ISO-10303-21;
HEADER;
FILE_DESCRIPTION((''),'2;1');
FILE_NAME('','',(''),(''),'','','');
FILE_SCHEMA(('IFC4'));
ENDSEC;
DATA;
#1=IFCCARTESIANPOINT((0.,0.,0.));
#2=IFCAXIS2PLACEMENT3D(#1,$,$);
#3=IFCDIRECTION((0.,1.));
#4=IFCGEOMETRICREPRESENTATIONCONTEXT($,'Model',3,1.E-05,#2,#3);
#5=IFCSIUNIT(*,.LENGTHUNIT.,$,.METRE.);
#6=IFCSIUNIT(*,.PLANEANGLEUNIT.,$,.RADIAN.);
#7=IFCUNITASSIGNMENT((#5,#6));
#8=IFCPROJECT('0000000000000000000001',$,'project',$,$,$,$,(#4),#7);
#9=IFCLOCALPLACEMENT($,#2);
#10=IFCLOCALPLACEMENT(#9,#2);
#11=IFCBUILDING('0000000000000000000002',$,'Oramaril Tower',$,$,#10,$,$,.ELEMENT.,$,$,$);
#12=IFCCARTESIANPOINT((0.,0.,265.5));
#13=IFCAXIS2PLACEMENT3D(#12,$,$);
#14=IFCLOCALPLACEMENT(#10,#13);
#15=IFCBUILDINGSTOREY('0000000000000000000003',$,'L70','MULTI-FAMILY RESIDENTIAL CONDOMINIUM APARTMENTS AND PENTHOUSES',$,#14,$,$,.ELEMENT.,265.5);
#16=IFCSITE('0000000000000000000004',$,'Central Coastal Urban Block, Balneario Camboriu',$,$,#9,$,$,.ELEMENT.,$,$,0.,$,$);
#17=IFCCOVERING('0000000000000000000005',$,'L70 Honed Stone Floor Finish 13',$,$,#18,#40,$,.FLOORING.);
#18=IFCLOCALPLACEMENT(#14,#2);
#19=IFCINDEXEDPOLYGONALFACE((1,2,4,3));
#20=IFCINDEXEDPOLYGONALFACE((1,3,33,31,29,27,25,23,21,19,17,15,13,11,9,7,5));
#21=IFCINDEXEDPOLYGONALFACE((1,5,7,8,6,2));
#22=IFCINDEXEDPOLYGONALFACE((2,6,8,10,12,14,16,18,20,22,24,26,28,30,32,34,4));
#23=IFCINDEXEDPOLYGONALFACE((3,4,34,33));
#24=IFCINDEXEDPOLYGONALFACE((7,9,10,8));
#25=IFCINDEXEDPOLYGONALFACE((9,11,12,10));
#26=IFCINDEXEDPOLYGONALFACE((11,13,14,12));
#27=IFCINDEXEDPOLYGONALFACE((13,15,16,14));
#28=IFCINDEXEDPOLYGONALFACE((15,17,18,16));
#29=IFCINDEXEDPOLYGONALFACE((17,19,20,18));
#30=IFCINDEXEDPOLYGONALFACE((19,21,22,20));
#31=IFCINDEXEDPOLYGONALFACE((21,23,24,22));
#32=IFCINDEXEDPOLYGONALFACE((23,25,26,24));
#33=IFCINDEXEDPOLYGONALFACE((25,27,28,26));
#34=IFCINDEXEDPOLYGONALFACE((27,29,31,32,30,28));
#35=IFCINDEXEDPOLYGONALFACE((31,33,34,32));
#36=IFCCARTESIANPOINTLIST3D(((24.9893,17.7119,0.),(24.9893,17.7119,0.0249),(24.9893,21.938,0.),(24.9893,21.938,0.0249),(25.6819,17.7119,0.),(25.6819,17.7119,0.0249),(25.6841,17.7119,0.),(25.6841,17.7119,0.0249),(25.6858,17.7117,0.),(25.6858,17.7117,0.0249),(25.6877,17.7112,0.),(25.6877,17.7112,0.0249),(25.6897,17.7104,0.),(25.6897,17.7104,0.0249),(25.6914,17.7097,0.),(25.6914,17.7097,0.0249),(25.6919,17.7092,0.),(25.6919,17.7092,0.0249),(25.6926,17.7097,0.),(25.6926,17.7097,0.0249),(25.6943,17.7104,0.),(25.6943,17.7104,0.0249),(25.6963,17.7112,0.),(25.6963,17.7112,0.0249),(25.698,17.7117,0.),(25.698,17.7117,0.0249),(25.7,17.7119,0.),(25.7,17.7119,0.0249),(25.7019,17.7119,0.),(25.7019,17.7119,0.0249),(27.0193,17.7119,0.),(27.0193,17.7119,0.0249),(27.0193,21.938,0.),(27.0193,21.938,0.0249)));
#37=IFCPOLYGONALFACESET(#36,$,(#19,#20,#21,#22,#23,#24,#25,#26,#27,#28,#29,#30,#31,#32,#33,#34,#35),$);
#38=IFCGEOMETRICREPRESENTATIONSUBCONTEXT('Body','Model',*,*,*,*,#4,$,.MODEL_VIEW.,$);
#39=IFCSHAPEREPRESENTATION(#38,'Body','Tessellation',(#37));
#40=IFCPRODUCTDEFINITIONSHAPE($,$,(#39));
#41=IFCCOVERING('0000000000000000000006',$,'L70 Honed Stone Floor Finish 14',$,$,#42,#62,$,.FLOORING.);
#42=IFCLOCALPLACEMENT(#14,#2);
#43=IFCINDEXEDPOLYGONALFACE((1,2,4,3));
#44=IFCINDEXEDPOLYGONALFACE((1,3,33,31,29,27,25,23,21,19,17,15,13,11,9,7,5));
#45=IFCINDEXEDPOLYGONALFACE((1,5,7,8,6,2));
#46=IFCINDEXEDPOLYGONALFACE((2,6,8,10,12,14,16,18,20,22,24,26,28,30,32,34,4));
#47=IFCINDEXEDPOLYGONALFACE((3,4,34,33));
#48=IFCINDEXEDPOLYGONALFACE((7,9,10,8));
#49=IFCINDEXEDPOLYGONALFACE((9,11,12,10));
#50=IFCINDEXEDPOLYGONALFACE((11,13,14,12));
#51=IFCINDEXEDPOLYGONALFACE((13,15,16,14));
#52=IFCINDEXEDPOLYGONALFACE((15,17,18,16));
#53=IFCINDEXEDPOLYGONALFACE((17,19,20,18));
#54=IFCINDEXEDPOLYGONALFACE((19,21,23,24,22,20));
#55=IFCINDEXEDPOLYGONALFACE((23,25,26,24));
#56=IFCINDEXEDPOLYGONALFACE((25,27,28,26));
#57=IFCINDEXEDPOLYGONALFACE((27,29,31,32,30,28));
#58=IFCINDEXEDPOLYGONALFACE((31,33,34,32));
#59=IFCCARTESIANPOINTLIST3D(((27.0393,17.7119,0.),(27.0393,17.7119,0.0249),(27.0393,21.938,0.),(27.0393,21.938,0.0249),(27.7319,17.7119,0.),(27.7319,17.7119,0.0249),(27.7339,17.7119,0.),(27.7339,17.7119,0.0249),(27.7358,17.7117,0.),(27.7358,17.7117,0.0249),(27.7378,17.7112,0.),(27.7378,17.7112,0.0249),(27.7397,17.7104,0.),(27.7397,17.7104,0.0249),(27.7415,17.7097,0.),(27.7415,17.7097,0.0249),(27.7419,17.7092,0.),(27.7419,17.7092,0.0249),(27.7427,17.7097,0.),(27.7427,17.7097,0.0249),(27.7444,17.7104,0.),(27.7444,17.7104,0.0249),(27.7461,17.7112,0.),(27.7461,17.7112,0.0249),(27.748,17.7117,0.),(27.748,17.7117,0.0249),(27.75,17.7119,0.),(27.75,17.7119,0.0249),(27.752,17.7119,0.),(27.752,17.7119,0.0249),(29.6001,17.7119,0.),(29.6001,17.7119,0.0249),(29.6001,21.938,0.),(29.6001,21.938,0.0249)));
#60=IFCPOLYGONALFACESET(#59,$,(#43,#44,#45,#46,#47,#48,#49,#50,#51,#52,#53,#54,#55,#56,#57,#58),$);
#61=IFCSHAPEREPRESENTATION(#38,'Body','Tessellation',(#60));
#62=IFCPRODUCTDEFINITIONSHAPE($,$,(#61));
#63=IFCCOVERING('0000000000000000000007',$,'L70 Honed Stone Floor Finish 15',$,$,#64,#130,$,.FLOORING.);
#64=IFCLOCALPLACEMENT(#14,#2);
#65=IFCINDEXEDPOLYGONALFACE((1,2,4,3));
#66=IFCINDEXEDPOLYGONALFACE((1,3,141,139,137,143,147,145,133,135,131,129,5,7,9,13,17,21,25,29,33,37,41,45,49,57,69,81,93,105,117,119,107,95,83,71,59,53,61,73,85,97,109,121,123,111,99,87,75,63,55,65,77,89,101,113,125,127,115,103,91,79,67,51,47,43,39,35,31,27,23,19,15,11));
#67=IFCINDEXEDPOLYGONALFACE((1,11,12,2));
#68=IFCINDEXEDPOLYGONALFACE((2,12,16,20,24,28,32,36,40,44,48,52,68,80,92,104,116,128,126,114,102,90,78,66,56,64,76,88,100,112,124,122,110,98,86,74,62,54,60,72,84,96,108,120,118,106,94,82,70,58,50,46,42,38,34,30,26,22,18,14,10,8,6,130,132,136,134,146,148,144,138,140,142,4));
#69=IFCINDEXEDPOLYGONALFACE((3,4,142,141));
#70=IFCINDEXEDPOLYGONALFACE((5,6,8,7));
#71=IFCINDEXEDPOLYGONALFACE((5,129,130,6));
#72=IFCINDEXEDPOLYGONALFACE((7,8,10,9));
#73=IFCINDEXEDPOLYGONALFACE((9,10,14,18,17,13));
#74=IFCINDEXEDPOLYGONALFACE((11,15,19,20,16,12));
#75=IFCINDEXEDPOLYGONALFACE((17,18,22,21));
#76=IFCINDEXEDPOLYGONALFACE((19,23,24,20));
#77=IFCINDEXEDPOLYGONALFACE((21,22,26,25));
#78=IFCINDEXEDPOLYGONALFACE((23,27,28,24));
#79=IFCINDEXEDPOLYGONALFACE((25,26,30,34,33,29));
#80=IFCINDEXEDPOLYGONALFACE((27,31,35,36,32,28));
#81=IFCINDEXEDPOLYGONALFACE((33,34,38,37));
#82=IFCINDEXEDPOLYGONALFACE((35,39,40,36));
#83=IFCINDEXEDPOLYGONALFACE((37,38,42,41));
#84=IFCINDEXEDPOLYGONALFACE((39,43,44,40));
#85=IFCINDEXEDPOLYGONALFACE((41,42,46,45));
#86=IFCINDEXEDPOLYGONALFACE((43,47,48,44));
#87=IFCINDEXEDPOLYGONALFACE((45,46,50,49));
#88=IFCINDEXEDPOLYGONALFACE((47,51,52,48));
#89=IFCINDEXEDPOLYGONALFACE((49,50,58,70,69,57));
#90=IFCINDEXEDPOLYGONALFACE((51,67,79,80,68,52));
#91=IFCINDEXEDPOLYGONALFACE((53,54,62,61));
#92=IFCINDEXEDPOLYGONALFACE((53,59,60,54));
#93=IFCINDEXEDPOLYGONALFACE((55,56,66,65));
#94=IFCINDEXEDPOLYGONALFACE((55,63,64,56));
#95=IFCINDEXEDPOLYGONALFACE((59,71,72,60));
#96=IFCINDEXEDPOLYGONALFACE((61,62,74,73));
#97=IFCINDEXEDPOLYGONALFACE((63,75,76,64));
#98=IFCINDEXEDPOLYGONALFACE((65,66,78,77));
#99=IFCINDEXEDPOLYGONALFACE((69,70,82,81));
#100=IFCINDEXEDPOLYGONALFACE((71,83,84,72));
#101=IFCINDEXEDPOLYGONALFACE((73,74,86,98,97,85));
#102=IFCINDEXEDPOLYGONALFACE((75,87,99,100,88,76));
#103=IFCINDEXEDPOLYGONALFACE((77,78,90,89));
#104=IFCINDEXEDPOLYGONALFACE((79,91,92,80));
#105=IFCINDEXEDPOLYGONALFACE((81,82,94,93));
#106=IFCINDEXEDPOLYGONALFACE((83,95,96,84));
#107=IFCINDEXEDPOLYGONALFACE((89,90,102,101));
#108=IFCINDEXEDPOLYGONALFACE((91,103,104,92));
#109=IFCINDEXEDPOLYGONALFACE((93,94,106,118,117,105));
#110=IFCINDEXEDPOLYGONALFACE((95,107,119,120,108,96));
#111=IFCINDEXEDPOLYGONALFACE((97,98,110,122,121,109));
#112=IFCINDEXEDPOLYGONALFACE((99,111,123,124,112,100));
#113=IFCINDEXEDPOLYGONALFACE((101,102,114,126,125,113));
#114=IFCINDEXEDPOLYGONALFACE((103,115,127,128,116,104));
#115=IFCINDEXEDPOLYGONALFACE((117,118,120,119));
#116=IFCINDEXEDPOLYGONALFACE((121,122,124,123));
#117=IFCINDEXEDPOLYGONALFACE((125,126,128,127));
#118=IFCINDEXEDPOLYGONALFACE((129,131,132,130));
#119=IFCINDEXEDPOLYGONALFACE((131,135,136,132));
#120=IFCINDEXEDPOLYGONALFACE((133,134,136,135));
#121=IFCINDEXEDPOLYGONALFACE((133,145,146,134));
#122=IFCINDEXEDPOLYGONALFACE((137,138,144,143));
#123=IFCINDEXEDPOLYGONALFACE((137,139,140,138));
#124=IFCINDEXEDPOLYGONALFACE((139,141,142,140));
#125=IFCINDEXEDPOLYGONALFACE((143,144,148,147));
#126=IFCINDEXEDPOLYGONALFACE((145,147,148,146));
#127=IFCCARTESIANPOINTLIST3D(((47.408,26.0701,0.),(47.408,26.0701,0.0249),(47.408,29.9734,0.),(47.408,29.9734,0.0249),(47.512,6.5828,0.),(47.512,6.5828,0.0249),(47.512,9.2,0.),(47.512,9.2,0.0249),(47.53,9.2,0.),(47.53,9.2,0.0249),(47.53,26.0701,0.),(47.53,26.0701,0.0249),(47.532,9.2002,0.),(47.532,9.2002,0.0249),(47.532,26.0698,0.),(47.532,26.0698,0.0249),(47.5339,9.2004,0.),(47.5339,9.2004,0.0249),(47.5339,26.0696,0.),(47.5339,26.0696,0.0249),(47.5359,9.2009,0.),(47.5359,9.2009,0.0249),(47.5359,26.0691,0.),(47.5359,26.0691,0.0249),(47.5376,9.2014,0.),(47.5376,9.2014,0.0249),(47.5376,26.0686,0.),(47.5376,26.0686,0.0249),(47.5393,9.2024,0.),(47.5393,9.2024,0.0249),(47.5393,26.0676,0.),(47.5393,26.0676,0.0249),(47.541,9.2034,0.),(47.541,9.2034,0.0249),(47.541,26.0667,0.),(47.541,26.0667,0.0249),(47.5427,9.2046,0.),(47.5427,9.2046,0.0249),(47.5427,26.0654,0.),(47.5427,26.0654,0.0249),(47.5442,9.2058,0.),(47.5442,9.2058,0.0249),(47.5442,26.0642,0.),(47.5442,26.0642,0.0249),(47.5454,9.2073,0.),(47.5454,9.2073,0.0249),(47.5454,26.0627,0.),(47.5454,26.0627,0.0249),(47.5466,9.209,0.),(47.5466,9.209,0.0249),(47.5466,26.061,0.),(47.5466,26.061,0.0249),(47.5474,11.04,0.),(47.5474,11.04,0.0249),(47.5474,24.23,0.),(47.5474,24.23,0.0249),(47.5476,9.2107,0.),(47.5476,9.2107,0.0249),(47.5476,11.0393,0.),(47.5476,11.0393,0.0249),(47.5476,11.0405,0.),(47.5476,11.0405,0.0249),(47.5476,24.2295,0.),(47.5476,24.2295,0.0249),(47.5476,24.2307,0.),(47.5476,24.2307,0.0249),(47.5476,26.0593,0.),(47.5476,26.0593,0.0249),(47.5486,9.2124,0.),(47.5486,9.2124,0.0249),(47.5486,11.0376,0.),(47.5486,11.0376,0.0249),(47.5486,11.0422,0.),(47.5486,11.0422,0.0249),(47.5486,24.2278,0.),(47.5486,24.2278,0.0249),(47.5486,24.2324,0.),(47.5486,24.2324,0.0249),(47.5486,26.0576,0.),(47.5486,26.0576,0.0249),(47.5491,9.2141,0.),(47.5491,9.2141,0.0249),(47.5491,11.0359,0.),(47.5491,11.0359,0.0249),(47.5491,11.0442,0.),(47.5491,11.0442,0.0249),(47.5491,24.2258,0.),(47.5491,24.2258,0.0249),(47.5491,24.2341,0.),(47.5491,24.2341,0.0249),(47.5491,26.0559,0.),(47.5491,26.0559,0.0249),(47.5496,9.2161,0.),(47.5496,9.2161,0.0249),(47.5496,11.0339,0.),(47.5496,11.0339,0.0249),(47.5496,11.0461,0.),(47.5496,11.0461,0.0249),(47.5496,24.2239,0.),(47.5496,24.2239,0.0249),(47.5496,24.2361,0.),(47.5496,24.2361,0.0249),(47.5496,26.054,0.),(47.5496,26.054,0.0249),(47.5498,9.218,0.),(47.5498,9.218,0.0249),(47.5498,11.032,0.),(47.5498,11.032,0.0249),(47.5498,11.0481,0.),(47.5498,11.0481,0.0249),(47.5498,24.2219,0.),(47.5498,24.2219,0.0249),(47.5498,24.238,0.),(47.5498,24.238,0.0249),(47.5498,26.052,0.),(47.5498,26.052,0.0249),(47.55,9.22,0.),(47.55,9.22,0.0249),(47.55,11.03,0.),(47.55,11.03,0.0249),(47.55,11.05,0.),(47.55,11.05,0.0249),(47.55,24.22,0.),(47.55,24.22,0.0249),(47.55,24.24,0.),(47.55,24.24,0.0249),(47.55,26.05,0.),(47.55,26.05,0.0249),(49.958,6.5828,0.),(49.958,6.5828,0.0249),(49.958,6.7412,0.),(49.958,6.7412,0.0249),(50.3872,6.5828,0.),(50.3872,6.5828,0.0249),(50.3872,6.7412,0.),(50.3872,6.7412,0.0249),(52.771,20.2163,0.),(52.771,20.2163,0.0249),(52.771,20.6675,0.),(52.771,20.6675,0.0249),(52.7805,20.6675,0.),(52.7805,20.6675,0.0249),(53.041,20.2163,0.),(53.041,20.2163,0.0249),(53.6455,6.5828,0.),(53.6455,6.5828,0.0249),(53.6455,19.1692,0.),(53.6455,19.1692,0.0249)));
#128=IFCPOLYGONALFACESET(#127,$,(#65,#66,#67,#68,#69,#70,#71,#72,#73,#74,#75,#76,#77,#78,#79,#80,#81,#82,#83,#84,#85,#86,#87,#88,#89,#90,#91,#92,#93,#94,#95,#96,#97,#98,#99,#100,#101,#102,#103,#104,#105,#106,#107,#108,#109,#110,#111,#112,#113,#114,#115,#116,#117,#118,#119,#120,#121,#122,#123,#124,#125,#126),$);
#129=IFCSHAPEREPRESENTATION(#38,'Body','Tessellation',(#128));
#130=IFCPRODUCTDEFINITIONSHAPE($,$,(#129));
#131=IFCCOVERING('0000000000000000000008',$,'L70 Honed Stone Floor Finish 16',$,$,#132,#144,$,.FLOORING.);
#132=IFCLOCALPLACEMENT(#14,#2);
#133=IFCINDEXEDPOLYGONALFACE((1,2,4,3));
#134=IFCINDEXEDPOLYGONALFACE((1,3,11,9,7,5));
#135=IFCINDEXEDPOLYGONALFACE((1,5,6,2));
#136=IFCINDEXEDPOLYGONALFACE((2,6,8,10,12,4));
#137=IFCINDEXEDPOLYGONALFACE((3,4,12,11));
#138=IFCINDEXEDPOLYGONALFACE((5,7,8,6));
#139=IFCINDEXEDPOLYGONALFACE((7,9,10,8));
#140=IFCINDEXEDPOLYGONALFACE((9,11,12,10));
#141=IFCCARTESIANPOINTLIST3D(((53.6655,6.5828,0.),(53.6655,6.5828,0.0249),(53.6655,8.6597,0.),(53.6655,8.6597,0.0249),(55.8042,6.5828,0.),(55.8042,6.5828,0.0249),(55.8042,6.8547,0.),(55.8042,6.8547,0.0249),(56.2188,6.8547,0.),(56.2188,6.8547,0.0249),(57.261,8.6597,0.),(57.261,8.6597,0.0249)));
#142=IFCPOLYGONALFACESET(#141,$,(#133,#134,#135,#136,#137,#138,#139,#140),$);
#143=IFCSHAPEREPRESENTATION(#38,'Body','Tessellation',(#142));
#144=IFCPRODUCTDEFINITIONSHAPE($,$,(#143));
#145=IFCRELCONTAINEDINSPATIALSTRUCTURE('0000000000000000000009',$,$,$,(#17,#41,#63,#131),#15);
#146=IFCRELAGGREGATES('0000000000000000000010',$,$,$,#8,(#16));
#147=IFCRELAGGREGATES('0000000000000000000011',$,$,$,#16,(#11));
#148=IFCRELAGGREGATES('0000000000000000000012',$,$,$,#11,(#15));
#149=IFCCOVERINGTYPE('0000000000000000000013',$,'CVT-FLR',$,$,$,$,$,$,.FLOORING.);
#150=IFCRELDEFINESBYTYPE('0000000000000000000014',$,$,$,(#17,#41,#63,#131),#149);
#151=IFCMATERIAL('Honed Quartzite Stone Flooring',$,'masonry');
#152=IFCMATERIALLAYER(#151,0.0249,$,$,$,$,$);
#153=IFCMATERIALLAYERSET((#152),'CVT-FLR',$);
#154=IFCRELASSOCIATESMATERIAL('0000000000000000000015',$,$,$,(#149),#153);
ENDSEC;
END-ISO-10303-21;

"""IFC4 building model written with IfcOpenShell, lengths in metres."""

from ifc_helpers import new_model, si_unit, direction, frame, origin, place, context, subcontext, project, spatial, polyline, outline, extrude, material, layer, layer_set, type_object, element, save


model = new_model("IFC4")

# Units and contexts
model_context = context("Model", 3, precision=1e-05, world=origin(), true_north=direction((0.0, 1.0)))
body_context = subcontext(model_context, "Body", "Model", "MODEL_VIEW")
ifc_project = project(units=[si_unit("LENGTHUNIT", "METRE"), si_unit("PLANEANGLEUNIT", "RADIAN")], contexts=[model_context])

# Site, building, storey
site_placement = place(None, origin())
site = spatial("IfcSite", under=ifc_project, at=site_placement, Name="Central Coastal Urban Block, Balneario Camboriu", CompositionType="ELEMENT", RefElevation=0.0)
building_placement = place(site_placement, origin())
building = spatial("IfcBuilding", under=site, at=building_placement, Name="Oramaril Tower", CompositionType="ELEMENT")
storey_placement = place(building_placement, frame((0.0, 0.0, 265.5)))
storey = spatial("IfcBuildingStorey", under=building, at=storey_placement, Name="L70", Description="MULTI-FAMILY RESIDENTIAL CONDOMINIUM APARTMENTS AND PENTHOUSES", CompositionType="ELEMENT", Elevation=265.5)

# Coverings
ifc_material_1 = material(Name="Honed Quartzite Stone Flooring", Category="masonry")
ifc_layer_1 = layer(ifc_material_1, 0.0249)
ifc_layer_set_1 = layer_set([ifc_layer_1], Name="CVT-FLR")
covering_type_1 = type_object("IfcCoveringType", Name="CVT-FLR", PredefinedType="FLOORING", material=ifc_layer_set_1)
covering_1_placement = place(storey_placement, origin())
element("IfcCovering", 1, at=covering_1_placement, inside=storey, type_object=covering_type_1, Name="L70 Honed Stone Floor Finish 13", PredefinedType="FLOORING", context=body_context, shape_type="SweptSolid", body=[
    extrude(outline(polyline([(27.0193, 17.7119), (25.7019, 17.7119), (25.7, 17.7119), (25.698, 17.7117), (25.6963, 17.7112), (25.6943, 17.7104), (25.6926, 17.7097), (25.6919, 17.7092), (25.6914, 17.7097), (25.6897, 17.7104), (25.6877, 17.7112), (25.6858, 17.7117), (25.6841, 17.7119), (25.6819, 17.7119), (24.9893, 17.7119), (24.9893, 21.938), (27.0193, 21.938), (27.0193, 17.7119)])), origin(), (0.0, 0.0, 1.0), 0.0249),
])
covering_2_placement = place(storey_placement, origin())
element("IfcCovering", 2, at=covering_2_placement, inside=storey, type_object=covering_type_1, Name="L70 Honed Stone Floor Finish 14", PredefinedType="FLOORING", context=body_context, shape_type="SweptSolid", body=[
    extrude(outline(polyline([(29.6001, 17.7119), (27.752, 17.7119), (27.75, 17.7119), (27.748, 17.7117), (27.7461, 17.7112), (27.7444, 17.7104), (27.7427, 17.7097), (27.7419, 17.7092), (27.7415, 17.7097), (27.7397, 17.7104), (27.7378, 17.7112), (27.7358, 17.7117), (27.7339, 17.7119), (27.7319, 17.7119), (27.0393, 17.7119), (27.0393, 21.938), (29.6001, 21.938), (29.6001, 17.7119)])), origin(), (0.0, 0.0, 1.0), 0.0249),
])
covering_3_placement = place(storey_placement, origin())
element("IfcCovering", 3, at=covering_3_placement, inside=storey, type_object=covering_type_1, Name="L70 Honed Stone Floor Finish 15", PredefinedType="FLOORING", context=body_context, shape_type="SweptSolid", body=[
    extrude(outline(polyline([(52.7805, 20.6675), (52.771, 20.6675), (52.771, 20.2163), (53.041, 20.2163), (53.6455, 19.1692), (53.6455, 6.5828), (50.3872, 6.5828), (50.3872, 6.7412), (49.958, 6.7412), (49.958, 6.5828), (47.512, 6.5828), (47.512, 9.2), (47.53, 9.2), (47.532, 9.2002), (47.5339, 9.2004), (47.5359, 9.2009), (47.5376, 9.2014), (47.5393, 9.2024), (47.541, 9.2034), (47.5427, 9.2046), (47.5442, 9.2058), (47.5454, 9.2073), (47.5466, 9.209), (47.5476, 9.2107), (47.5486, 9.2124), (47.5491, 9.2141), (47.5496, 9.2161), (47.5498, 9.218), (47.55, 9.22), (47.55, 11.03), (47.5498, 11.032), (47.5496, 11.0339), (47.5491, 11.0359), (47.5486, 11.0376), (47.5476, 11.0393), (47.5474, 11.04), (47.5476, 11.0405), (47.5486, 11.0422), (47.5491, 11.0442), (47.5496, 11.0461), (47.5498, 11.0481), (47.55, 11.05), (47.55, 24.22), (47.5498, 24.2219), (47.5496, 24.2239), (47.5491, 24.2258), (47.5486, 24.2278), (47.5476, 24.2295), (47.5474, 24.23), (47.5476, 24.2307), (47.5486, 24.2324), (47.5491, 24.2341), (47.5496, 24.2361), (47.5498, 24.238), (47.55, 24.24), (47.55, 26.05), (47.5498, 26.052), (47.5496, 26.054), (47.5491, 26.0559), (47.5486, 26.0576), (47.5476, 26.0593), (47.5466, 26.061), (47.5454, 26.0627), (47.5442, 26.0642), (47.5427, 26.0654), (47.541, 26.0667), (47.5393, 26.0676), (47.5376, 26.0686), (47.5359, 26.0691), (47.5339, 26.0696), (47.532, 26.0698), (47.53, 26.0701), (47.408, 26.0701), (47.408, 29.9734), (52.7805, 20.6675)])), origin(), (0.0, 0.0, 1.0), 0.0249),
])
covering_4_placement = place(storey_placement, origin())
element("IfcCovering", 4, at=covering_4_placement, inside=storey, type_object=covering_type_1, Name="L70 Honed Stone Floor Finish 16", PredefinedType="FLOORING", context=body_context, shape_type="SweptSolid", body=[
    extrude(outline(polyline([(56.2188, 6.8547), (55.8042, 6.8547), (55.8042, 6.5828), (53.6655, 6.5828), (53.6655, 8.6597), (57.261, 8.6597), (56.2188, 6.8547)])), origin(), (0.0, 0.0, 1.0), 0.0249),
])

save(model, "model.ifc")
